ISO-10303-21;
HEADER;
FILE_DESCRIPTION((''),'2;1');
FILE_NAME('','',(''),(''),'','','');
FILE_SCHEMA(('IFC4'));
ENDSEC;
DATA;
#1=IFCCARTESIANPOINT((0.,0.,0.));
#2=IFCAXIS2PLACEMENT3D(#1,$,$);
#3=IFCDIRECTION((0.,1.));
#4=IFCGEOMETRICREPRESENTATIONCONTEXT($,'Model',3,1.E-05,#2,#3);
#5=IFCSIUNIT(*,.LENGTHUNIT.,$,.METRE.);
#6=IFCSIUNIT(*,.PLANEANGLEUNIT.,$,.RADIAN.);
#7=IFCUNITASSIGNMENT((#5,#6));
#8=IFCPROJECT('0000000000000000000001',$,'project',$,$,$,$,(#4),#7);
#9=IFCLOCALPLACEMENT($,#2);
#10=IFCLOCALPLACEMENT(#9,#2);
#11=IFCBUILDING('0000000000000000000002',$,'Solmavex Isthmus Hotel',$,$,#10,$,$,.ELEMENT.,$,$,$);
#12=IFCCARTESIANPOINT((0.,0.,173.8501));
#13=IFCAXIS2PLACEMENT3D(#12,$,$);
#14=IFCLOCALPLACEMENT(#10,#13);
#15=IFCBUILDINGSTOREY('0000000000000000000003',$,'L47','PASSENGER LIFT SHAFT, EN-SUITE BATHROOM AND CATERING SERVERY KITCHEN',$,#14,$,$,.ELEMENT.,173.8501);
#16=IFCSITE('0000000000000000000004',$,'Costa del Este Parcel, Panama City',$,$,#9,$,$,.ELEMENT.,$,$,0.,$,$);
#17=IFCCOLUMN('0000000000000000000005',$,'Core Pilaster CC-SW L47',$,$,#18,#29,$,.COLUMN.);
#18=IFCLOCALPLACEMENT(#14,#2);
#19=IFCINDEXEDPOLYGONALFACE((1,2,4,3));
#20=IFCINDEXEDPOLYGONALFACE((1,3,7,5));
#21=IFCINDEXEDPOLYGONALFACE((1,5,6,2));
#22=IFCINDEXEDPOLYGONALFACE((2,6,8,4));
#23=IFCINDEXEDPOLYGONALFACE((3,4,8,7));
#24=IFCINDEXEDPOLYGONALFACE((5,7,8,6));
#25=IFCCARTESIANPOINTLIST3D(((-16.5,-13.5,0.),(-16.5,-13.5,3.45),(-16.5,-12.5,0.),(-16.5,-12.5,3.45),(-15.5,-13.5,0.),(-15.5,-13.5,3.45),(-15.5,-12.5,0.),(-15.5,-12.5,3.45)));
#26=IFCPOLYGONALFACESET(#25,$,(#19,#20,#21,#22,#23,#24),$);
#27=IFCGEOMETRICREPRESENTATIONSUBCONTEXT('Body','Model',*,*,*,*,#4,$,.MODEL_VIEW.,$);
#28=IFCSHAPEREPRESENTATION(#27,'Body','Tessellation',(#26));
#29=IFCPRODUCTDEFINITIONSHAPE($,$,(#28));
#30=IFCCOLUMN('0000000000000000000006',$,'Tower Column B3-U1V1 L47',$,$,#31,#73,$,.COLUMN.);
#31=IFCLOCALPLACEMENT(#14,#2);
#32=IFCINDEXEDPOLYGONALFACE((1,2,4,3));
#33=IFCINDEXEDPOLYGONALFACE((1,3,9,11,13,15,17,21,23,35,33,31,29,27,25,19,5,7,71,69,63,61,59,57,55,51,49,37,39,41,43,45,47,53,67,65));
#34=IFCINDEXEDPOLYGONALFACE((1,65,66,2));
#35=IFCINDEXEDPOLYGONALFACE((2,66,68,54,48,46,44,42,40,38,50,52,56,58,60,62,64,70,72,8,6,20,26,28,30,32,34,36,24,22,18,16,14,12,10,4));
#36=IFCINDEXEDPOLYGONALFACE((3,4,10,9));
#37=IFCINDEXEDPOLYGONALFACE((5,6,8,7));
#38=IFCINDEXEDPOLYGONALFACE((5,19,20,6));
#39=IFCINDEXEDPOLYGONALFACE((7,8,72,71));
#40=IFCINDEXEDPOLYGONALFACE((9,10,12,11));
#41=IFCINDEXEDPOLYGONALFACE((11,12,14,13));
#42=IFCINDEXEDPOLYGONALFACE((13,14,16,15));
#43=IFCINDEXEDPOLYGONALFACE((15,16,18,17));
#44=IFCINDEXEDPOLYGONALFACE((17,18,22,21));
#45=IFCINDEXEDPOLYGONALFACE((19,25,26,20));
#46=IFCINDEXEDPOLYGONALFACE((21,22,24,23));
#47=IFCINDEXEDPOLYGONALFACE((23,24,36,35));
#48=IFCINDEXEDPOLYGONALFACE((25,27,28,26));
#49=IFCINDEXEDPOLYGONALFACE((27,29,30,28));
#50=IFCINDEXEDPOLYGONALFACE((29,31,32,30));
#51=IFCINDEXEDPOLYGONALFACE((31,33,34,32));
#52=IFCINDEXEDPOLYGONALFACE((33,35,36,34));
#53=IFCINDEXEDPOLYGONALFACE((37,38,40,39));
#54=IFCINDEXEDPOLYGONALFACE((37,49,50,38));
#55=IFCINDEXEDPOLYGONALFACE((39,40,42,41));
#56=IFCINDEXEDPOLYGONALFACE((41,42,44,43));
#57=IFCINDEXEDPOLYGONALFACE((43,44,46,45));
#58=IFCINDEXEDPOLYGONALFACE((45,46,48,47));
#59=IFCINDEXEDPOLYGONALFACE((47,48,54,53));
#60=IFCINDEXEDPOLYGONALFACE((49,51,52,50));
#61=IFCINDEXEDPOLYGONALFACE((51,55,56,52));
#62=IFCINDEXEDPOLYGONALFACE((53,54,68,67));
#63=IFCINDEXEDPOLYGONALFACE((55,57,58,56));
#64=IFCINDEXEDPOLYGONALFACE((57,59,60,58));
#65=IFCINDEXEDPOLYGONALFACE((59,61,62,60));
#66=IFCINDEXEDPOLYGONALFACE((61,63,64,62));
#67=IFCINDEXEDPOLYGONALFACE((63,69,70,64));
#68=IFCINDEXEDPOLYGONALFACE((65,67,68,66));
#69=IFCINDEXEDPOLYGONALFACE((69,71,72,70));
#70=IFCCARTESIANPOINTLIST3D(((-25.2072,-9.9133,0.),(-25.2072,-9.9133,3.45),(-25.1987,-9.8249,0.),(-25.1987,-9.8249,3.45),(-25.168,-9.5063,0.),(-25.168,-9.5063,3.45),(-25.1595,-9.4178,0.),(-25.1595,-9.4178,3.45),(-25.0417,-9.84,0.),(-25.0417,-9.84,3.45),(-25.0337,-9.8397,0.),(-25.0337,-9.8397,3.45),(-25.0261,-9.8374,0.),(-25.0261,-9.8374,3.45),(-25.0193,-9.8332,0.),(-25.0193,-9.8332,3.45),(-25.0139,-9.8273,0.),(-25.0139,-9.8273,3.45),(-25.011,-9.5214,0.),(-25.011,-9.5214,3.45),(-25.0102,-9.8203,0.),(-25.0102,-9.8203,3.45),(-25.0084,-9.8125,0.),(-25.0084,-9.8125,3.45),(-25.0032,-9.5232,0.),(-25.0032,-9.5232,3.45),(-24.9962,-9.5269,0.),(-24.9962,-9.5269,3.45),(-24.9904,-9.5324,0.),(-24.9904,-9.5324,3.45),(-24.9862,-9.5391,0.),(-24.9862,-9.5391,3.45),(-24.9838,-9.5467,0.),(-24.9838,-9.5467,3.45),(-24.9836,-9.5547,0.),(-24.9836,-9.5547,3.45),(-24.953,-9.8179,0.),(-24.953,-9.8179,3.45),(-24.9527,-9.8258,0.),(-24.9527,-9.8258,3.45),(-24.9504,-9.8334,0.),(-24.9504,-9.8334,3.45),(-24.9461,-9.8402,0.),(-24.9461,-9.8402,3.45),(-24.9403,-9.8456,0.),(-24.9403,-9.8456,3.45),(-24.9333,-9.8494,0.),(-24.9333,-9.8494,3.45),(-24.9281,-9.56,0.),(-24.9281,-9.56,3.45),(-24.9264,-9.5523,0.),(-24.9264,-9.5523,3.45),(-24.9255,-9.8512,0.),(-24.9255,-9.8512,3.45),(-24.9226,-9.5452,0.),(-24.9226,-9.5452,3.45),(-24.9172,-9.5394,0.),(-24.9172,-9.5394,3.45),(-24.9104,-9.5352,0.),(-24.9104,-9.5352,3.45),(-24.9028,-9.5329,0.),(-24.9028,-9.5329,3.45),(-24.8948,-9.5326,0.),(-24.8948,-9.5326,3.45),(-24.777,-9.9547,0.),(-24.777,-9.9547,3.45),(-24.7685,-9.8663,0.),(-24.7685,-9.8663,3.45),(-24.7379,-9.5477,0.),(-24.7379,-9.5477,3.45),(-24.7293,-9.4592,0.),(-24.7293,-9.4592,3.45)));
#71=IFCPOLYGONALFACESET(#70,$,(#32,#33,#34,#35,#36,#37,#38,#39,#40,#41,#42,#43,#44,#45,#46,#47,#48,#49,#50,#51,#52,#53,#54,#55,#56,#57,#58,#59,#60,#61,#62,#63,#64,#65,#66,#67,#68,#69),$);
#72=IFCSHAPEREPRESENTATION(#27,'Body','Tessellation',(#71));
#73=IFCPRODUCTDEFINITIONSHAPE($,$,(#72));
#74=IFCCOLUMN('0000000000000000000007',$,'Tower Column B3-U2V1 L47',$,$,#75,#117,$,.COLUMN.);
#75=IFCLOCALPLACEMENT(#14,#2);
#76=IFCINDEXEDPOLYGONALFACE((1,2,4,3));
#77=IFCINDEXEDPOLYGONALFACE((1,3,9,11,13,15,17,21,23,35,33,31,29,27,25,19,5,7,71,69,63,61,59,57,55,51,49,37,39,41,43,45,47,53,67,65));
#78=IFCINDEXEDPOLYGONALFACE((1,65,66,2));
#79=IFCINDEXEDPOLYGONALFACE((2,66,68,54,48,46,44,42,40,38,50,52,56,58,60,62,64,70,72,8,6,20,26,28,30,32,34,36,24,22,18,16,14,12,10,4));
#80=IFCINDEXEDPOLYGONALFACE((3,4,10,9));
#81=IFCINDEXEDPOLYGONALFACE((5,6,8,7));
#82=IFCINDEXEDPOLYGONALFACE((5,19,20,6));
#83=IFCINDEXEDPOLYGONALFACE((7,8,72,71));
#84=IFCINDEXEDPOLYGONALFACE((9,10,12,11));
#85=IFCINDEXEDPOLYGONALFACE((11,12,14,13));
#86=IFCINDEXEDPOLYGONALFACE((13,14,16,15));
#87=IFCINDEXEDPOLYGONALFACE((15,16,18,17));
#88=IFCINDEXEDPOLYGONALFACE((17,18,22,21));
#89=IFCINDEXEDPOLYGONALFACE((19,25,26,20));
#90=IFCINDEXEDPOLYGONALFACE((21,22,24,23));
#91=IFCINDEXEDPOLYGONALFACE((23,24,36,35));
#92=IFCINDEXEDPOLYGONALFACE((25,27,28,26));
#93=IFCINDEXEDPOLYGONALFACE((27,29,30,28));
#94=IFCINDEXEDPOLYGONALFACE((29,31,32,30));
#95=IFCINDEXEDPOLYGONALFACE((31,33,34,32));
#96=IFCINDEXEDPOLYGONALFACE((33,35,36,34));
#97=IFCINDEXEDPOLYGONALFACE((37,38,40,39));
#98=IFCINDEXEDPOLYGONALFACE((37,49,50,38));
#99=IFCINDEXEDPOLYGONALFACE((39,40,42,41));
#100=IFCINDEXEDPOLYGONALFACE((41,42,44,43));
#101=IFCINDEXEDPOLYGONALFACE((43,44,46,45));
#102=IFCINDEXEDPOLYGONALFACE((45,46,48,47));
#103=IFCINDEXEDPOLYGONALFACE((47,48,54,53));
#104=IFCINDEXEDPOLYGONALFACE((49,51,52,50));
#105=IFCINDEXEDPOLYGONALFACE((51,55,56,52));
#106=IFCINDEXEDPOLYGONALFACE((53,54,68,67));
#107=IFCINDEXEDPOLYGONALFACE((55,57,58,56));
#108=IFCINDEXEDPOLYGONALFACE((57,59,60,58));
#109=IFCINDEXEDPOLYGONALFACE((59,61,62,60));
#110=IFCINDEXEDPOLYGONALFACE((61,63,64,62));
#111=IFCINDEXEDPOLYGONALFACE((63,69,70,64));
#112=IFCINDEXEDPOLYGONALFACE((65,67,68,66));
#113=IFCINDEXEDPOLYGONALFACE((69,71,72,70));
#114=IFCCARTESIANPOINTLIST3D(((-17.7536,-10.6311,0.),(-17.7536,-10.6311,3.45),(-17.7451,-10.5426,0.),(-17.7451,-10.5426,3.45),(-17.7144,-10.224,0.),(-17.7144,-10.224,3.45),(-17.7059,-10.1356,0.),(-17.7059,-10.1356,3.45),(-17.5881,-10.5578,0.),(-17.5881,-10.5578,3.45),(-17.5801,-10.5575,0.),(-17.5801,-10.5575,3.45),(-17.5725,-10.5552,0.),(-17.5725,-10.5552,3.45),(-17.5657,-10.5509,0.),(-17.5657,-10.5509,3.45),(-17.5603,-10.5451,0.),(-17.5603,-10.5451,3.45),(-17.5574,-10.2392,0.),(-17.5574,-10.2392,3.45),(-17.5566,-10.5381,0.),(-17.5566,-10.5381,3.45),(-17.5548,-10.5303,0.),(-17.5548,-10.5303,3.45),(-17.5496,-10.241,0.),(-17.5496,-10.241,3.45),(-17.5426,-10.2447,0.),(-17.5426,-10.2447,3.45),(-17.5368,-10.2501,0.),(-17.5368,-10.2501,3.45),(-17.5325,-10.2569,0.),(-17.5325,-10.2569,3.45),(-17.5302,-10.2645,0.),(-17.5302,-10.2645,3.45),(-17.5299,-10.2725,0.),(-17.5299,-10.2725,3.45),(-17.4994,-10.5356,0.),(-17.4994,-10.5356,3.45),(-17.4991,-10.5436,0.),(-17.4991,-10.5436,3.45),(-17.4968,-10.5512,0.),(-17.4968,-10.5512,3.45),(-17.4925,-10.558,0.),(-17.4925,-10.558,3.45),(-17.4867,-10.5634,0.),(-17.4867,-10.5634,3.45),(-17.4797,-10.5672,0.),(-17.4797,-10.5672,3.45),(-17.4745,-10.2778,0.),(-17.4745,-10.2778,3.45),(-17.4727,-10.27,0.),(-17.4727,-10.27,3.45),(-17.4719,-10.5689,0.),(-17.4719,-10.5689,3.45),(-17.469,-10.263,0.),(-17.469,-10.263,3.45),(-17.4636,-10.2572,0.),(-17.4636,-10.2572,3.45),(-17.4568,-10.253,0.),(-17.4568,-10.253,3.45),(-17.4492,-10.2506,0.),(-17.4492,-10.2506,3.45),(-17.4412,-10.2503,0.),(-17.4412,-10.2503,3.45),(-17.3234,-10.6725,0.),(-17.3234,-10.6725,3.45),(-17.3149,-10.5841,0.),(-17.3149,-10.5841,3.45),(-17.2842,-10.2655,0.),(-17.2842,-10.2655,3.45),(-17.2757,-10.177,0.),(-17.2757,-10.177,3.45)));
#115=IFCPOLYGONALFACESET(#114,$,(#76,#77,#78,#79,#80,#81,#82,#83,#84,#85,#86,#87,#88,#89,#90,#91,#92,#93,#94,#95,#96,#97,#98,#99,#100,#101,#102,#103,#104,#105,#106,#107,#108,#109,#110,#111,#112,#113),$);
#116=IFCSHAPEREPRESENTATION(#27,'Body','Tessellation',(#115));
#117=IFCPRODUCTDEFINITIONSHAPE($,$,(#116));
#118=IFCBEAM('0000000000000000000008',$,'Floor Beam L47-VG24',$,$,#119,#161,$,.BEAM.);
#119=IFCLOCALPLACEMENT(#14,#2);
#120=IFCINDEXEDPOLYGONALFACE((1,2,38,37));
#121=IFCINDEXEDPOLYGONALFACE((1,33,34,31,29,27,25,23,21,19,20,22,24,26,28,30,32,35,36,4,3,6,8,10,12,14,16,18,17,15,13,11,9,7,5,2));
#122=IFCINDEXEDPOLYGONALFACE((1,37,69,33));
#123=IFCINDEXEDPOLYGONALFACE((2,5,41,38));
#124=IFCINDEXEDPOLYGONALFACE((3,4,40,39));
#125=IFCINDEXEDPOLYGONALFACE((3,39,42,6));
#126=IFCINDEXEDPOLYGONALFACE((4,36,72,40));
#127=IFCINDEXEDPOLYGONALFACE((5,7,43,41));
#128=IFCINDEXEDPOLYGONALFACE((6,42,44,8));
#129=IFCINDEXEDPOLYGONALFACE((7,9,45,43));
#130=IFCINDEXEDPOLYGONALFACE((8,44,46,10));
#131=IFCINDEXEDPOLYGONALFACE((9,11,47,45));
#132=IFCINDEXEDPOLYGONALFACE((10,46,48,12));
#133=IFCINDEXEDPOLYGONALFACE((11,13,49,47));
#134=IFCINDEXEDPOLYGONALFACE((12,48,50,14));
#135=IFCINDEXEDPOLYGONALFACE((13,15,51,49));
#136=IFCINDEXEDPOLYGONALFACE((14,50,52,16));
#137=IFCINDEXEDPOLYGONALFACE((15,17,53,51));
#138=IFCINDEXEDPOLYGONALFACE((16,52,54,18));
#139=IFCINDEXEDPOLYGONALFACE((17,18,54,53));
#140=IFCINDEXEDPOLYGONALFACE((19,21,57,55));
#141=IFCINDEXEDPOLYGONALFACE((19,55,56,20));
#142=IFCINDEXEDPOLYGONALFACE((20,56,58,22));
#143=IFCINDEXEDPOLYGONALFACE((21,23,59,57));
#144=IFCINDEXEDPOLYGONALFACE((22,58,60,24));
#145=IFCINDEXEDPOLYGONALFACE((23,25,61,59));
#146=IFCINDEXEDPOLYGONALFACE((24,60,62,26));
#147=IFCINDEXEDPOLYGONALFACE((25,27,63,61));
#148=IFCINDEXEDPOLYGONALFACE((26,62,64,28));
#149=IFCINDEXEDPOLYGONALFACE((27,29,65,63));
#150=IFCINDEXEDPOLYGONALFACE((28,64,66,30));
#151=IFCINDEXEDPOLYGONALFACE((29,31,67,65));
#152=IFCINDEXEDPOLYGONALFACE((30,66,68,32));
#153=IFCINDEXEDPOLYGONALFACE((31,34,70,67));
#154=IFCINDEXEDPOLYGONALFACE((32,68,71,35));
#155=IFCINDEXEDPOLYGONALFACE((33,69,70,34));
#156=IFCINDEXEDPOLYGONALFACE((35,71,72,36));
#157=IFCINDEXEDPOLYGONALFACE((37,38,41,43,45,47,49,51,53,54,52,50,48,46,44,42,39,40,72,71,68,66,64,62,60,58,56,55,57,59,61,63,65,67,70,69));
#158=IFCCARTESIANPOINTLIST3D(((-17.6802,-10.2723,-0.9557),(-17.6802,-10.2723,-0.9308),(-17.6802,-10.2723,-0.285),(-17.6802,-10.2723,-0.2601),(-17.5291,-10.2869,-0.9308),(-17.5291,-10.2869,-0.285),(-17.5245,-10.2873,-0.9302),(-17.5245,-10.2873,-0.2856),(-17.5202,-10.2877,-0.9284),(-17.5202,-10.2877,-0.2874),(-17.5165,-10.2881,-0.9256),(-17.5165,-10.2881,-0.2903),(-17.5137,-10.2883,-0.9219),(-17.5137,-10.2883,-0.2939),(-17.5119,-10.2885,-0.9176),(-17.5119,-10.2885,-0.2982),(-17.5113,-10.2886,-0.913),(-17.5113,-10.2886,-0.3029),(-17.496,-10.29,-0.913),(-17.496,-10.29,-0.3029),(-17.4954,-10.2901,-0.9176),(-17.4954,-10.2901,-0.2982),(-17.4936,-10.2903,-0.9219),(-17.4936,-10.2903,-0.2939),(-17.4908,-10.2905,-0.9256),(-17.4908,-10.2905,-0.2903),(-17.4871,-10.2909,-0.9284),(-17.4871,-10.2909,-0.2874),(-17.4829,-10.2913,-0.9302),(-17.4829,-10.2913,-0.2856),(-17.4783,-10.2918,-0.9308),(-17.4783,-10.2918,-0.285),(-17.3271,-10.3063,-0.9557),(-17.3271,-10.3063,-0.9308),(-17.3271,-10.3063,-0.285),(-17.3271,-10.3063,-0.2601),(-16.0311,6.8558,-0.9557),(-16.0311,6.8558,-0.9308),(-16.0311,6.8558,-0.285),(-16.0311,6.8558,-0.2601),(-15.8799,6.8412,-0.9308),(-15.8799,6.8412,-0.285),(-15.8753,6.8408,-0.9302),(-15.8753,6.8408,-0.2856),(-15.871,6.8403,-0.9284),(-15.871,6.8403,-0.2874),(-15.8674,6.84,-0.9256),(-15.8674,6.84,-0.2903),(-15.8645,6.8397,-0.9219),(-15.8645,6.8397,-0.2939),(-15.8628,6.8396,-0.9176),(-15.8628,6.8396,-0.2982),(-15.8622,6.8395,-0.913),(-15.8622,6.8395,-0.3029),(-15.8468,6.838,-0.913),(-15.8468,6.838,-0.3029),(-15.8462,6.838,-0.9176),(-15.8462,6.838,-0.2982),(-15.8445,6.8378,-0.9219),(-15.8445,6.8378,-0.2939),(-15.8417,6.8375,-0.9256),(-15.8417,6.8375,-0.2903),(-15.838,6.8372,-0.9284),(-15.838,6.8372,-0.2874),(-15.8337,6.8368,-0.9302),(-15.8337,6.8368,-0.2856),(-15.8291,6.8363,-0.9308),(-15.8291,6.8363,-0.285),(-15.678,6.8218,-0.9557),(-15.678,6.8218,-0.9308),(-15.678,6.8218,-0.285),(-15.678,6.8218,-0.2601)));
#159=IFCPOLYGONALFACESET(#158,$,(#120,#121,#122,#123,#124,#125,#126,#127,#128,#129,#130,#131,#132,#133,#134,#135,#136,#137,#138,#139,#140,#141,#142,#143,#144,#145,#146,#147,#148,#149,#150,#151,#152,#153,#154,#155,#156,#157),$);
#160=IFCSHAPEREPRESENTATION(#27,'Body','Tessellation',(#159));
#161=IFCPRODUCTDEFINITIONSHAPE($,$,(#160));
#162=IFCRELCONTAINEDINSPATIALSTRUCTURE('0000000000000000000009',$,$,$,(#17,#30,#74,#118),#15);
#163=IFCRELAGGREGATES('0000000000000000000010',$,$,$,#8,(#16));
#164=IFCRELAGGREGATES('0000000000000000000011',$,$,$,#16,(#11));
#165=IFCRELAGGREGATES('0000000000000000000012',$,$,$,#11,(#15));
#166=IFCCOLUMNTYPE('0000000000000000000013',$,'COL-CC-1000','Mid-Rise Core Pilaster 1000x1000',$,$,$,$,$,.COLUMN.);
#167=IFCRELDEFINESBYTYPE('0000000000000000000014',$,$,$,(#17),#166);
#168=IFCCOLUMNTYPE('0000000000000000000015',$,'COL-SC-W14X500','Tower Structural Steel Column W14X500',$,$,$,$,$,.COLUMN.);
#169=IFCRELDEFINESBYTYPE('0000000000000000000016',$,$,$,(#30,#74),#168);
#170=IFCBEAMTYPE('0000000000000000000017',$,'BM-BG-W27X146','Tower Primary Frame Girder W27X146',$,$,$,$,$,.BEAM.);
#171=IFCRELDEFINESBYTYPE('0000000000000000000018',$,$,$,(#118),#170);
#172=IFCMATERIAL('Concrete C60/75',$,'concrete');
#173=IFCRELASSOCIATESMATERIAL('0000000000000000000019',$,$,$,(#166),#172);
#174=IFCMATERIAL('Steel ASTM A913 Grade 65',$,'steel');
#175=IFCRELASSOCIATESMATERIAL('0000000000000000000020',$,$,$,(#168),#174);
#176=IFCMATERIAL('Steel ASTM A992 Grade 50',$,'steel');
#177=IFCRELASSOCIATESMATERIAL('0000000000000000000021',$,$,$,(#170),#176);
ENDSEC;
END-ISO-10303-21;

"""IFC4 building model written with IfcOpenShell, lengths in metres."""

from ifc_helpers import new_model, si_unit, direction, frame, origin, origin_2d, place, context, subcontext, project, spatial, rectangle, i_section, extrude, material, material_profile, profile_set, type_object, element, save


model = new_model("IFC4")

# Units and contexts
model_context = context("Model", 3, precision=1e-05, world=origin(), true_north=direction((0.0, 1.0)))
body_context = subcontext(model_context, "Body", "Model", "MODEL_VIEW")
ifc_project = project(units=[si_unit("LENGTHUNIT", "METRE"), si_unit("PLANEANGLEUNIT", "RADIAN")], contexts=[model_context])

# Site, building, storey
site_placement = place(None, origin())
site = spatial("IfcSite", under=ifc_project, at=site_placement, Name="Costa del Este Parcel, Panama City", CompositionType="ELEMENT", RefElevation=0.0)
building_placement = place(site_placement, origin())
building = spatial("IfcBuilding", under=site, at=building_placement, Name="Solmavex Isthmus Hotel", CompositionType="ELEMENT")
storey_placement = place(building_placement, frame((0.0, 0.0, 173.8501)))
storey = spatial("IfcBuildingStorey", under=building, at=storey_placement, Name="L47", Description="PASSENGER LIFT SHAFT, EN-SUITE BATHROOM AND CATERING SERVERY KITCHEN", CompositionType="ELEMENT", Elevation=173.8501)

# Columns
ifc_material_1 = material(Name="Concrete C60/75", Category="concrete")
ifc_material_profile_1 = material_profile(ifc_material_1, rectangle(XDim=1.0, YDim=1.0, at=origin_2d()), Name="RC1000X1000")
ifc_profile_set_1 = profile_set([ifc_material_profile_1], Name="Concrete C60/75")
column_type_1 = type_object("IfcColumnType", Name="COL-CC-1000", Description="Mid-Rise Core Pilaster 1000x1000", PredefinedType="COLUMN", material=ifc_profile_set_1)
column_placement = place(storey_placement, frame((-16.0, -13.0, 0.0), z_axis=(0.0, 0.0, 1.0), x_axis=(1.0, 0.0, 0.0)))
element("IfcColumn", 1, at=column_placement, inside=storey, type_object=column_type_1, Name="Core Pilaster CC-SW L47", PredefinedType="COLUMN", context=body_context, shape_type="SweptSolid", body=[
    extrude(rectangle(XDim=1.0, YDim=1.0, at=origin_2d()), origin(), (0.0, 0.0, 1.0), 3.45),
])
ifc_material_2 = material(Name="Steel ASTM A913 Grade 65", Category="steel")
ifc_material_profile_2 = material_profile(ifc_material_2, i_section(OverallWidth=0.4321, OverallDepth=0.4978, WebThickness=0.0557, FlangeThickness=0.0889, FilletRadius=0.0305, at=origin_2d()), Name="W14X500")
ifc_profile_set_2 = profile_set([ifc_material_profile_2], Name="Steel ASTM A913 Grade 65")
column_type_2 = type_object("IfcColumnType", Name="COL-SC-W14X500", Description="Tower Structural Steel Column W14X500", PredefinedType="COLUMN", material=ifc_profile_set_2)
for number, where, z_axis, x_axis, name in (
    (2, (-24.9683, -9.6863, 0.0), (0.0, 0.0, 1.0), (0.995396, -0.095846, 0.0), "Tower Column B3-U1V1 L47"),
    (3, (-17.5146, -10.4041, 0.0), (0.0, 0.0, 1.0), (0.995396, -0.095846, 0.0), "Tower Column B3-U2V1 L47"),
):
    element("IfcColumn", number, at=place(storey_placement, frame(where, z_axis=z_axis, x_axis=x_axis)), inside=storey, type_object=column_type_2, Name=name, PredefinedType="COLUMN", context=body_context, shape_type="SweptSolid", body=[
        extrude(i_section(OverallWidth=0.4321, OverallDepth=0.4978, WebThickness=0.0557, FlangeThickness=0.0889, FilletRadius=0.0305, at=origin_2d()), origin(), (0.0, 0.0, 1.0), 3.45),
    ])

# Beam
ifc_material_3 = material(Name="Steel ASTM A992 Grade 50", Category="steel")
ifc_material_profile_3 = material_profile(ifc_material_3, i_section(OverallWidth=0.3547, OverallDepth=0.6956, WebThickness=0.0154, FlangeThickness=0.0249, FilletRadius=0.0178, at=origin_2d()), Name="W27X146")
ifc_profile_set_3 = profile_set([ifc_material_profile_3], Name="Steel ASTM A992 Grade 50")
beam_type_1 = type_object("IfcBeamType", Name="BM-BG-W27X146", Description="Tower Primary Frame Girder W27X146", PredefinedType="BEAM", material=ifc_profile_set_3)
beam_1_placement = place(storey_placement, frame((-17.5037, -10.2893, -0.6079), z_axis=(0.095841, 0.995397, 0.0), x_axis=(-0.995397, 0.095841, 0.0)))
element("IfcBeam", 4, at=beam_1_placement, inside=storey, type_object=beam_type_1, Name="Floor Beam L47-VG24", PredefinedType="BEAM", context=body_context, shape_type="SweptSolid", body=[
    extrude(i_section(OverallWidth=0.3547, OverallDepth=0.6956, WebThickness=0.0154, FlangeThickness=0.0249, FilletRadius=0.0178, at=origin_2d()), origin(), (0.0, 0.0, 1.0), 17.2073),
])

save(model, "model.ifc")
